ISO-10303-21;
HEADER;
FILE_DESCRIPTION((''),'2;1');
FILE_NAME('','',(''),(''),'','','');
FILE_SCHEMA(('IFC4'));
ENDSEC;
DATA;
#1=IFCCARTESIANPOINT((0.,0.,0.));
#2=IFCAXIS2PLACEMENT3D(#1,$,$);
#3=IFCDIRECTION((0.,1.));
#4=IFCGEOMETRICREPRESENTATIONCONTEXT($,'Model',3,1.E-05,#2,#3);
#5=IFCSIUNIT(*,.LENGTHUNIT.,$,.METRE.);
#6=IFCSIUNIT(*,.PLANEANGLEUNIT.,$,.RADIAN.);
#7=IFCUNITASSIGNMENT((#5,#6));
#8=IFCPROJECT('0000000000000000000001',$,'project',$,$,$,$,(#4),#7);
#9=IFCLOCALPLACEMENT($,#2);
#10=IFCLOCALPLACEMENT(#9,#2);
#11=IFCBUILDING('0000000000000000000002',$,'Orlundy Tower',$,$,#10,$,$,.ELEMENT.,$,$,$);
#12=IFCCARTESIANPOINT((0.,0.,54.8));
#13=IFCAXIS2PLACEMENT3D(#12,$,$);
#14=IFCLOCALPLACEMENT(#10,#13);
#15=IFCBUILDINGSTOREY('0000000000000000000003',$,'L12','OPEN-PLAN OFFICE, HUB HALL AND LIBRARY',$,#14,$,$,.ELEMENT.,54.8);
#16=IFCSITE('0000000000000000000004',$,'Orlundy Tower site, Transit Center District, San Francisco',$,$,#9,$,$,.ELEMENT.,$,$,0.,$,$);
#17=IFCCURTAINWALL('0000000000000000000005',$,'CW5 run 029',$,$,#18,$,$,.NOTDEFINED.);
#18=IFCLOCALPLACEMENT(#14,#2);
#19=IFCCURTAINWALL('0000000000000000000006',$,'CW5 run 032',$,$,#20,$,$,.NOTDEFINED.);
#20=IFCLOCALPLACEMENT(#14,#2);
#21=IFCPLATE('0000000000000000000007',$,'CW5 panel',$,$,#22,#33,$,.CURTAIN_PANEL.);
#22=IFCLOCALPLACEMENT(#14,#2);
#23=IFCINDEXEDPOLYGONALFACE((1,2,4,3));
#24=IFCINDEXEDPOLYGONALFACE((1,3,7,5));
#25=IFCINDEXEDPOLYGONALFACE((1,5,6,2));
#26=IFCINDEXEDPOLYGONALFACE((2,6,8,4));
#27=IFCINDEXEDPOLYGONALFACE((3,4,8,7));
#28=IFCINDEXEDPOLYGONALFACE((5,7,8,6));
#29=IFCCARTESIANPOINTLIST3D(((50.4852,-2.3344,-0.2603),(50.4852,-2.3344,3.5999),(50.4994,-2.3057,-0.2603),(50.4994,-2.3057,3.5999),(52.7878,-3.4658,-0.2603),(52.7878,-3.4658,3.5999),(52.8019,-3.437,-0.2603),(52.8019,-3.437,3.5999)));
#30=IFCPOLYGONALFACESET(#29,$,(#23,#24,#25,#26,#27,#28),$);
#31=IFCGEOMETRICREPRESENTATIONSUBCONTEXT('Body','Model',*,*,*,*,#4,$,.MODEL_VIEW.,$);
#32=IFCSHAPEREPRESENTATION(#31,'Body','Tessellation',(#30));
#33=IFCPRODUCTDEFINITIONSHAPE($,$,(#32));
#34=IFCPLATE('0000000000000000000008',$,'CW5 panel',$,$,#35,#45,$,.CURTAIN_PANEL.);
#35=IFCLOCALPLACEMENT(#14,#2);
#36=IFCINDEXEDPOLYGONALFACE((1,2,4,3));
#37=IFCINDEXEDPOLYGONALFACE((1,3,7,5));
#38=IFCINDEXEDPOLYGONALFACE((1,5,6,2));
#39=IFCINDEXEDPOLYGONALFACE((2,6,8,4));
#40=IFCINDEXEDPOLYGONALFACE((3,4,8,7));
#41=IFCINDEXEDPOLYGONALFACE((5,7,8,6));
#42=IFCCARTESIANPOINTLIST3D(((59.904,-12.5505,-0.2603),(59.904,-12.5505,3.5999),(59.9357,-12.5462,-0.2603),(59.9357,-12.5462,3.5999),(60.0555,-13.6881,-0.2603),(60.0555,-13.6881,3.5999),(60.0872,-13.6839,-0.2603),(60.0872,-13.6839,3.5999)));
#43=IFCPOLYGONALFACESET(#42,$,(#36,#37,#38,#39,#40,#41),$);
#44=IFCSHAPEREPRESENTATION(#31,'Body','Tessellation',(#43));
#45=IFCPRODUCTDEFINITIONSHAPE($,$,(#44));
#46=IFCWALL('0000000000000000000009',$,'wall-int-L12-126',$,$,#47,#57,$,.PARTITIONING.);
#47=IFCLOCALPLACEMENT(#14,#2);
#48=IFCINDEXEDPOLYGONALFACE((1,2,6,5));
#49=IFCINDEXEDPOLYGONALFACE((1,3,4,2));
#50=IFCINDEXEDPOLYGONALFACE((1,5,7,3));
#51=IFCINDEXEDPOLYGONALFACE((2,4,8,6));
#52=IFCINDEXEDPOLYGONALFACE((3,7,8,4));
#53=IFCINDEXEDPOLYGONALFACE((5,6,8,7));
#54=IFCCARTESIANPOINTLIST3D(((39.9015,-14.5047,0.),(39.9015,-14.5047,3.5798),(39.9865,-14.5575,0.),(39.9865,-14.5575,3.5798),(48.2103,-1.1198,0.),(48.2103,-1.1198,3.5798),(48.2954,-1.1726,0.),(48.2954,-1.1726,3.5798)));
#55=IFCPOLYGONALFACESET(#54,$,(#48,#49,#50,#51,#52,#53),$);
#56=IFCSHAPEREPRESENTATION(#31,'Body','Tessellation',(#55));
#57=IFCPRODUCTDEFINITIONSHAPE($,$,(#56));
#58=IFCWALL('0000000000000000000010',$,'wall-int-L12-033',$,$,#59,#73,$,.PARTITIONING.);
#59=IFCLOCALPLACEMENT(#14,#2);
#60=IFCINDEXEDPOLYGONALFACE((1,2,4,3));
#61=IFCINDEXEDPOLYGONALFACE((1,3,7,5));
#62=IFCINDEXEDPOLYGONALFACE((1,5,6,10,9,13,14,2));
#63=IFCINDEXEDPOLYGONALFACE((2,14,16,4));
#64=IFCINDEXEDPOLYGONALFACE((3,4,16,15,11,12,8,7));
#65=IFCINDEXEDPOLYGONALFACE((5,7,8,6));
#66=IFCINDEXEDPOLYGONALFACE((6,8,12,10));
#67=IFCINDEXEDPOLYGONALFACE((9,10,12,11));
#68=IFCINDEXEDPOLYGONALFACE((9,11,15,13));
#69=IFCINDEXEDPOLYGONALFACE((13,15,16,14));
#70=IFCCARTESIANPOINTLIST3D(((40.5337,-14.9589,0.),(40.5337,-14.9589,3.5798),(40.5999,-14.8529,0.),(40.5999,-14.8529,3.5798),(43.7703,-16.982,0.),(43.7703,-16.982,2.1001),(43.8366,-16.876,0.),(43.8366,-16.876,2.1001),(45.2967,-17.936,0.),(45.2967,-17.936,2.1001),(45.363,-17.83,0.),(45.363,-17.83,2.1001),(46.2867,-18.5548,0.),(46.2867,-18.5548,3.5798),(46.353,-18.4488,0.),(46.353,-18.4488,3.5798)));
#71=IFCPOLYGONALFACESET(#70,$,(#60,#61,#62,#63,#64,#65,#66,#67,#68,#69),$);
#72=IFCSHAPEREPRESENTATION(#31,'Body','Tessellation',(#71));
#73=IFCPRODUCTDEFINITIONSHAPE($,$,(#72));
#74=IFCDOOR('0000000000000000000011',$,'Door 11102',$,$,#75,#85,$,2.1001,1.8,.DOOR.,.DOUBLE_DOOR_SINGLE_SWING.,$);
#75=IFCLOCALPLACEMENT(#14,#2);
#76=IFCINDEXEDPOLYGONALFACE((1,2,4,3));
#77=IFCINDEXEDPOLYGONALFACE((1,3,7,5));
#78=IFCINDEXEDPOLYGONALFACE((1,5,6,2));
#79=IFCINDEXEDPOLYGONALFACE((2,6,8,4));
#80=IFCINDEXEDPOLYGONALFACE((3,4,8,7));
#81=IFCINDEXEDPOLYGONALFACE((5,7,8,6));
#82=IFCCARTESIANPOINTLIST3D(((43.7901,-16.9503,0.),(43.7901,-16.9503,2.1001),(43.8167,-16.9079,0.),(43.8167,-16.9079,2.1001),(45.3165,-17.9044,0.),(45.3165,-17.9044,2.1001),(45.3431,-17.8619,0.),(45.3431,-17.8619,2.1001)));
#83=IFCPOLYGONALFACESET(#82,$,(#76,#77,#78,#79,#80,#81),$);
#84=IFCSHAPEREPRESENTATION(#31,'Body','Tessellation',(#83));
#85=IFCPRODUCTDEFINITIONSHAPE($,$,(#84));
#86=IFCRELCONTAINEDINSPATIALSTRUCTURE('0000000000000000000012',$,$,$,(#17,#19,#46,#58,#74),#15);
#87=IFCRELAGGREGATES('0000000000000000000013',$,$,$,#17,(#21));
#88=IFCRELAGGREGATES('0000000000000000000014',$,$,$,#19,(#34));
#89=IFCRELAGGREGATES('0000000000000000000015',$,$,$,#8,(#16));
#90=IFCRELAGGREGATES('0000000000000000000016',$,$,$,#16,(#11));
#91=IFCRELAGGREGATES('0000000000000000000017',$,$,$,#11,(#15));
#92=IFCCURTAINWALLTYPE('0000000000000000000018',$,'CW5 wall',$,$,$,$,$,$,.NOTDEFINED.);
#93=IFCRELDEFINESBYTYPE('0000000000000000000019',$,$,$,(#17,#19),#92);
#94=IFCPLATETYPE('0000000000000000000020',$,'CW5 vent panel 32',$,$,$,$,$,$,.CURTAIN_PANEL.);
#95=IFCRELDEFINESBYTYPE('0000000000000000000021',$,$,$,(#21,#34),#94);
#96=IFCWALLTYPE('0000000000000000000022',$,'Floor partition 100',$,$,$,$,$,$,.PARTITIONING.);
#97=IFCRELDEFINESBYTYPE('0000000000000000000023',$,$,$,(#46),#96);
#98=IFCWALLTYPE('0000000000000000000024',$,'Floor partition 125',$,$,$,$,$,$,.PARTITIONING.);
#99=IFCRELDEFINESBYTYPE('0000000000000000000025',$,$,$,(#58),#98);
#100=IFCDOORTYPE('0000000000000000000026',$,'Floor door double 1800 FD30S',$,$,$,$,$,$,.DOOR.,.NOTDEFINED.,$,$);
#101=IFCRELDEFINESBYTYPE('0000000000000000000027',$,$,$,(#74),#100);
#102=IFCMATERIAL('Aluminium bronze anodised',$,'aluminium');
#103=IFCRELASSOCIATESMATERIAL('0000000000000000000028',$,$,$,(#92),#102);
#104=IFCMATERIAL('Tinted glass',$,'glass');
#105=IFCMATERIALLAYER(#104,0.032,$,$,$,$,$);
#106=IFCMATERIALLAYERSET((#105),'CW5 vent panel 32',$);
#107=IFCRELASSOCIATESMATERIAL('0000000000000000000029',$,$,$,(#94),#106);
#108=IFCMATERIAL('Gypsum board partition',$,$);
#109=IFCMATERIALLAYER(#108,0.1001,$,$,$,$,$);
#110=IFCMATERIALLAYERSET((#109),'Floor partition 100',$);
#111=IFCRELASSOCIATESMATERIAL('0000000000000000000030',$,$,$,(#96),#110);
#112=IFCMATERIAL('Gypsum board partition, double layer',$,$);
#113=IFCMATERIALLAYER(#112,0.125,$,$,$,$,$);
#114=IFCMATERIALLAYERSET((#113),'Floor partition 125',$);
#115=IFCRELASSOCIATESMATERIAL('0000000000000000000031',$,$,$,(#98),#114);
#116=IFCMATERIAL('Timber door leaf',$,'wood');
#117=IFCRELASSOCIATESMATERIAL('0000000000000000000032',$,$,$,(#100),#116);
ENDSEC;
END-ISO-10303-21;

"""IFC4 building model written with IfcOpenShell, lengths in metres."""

from ifc_helpers import new_model, si_unit, direction, frame, frame_2d, origin, origin_2d, place, context, subcontext, project, spatial, rectangle, extrude, material, layer, layer_set, type_object, element, fill, aggregate, save


model = new_model("IFC4")

# Units and contexts
model_context = context("Model", 3, precision=1e-05, world=origin(), true_north=direction((0.0, 1.0)))
body_context = subcontext(model_context, "Body", "Model", "MODEL_VIEW")
ifc_project = project(units=[si_unit("LENGTHUNIT", "METRE"), si_unit("PLANEANGLEUNIT", "RADIAN")], contexts=[model_context])

# Site, building, storey
site_placement = place(None, origin())
site = spatial("IfcSite", under=ifc_project, at=site_placement, Name="Orlundy Tower site, Transit Center District, San Francisco", CompositionType="ELEMENT", RefElevation=0.0)
building_placement = place(site_placement, origin())
building = spatial("IfcBuilding", under=site, at=building_placement, Name="Orlundy Tower", CompositionType="ELEMENT")
storey_placement = place(building_placement, frame((0.0, 0.0, 54.8)))
storey = spatial("IfcBuildingStorey", under=building, at=storey_placement, Name="L12", Description="OPEN-PLAN OFFICE, HUB HALL AND LIBRARY", CompositionType="ELEMENT", Elevation=54.8)

# Shared definitions
ifc_material_1 = material(Name="Aluminium bronze anodised", Category="aluminium")
curtain_wall_type = type_object("IfcCurtainWallType", Name="CW5 wall", PredefinedType="NOTDEFINED", material=ifc_material_1)

# Curtain wall
curtain_wall_1_placement = place(storey_placement, origin())
curtain_wall_1 = element("IfcCurtainWall", 1, at=curtain_wall_1_placement, inside=storey, type_object=curtain_wall_type, Name="CW5 run 029", PredefinedType="NOTDEFINED")

# Curtain wall
curtain_wall_2_placement = place(storey_placement, origin())
curtain_wall_2 = element("IfcCurtainWall", 2, at=curtain_wall_2_placement, inside=storey, type_object=curtain_wall_type, Name="CW5 run 032", PredefinedType="NOTDEFINED")

# Plates
ifc_material_2 = material(Name="Tinted glass", Category="glass")
ifc_layer_1 = layer(ifc_material_2, 0.032)
ifc_layer_set_1 = layer_set([ifc_layer_1], Name="CW5 vent panel 32")
plate_type_1 = type_object("IfcPlateType", Name="CW5 vent panel 32", PredefinedType="CURTAIN_PANEL", material=ifc_layer_set_1)
plate_1_placement = place(storey_placement, frame((51.6436, -2.8857, -0.2603), z_axis=(0.0, 0.0, 1.0), x_axis=(0.897515, -0.440983, 0.0)))
plate_1 = element("IfcPlate", 3, at=plate_1_placement, type_object=plate_type_1, Name="CW5 panel", PredefinedType="CURTAIN_PANEL", context=body_context, shape_type="SweptSolid", body=[
    extrude(rectangle(XDim=2.5654, YDim=0.032, at=origin_2d()), origin(), (0.0, 0.0, 1.0), 3.8601),
])
aggregate(curtain_wall_1, [plate_1])
plate_2_placement = place(storey_placement, frame((59.9956, -13.1172, -0.2603), z_axis=(0.0, 0.0, 1.0), x_axis=(0.131934, -0.991259, 0.0)))
plate_2 = element("IfcPlate", 4, at=plate_2_placement, type_object=plate_type_1, Name="CW5 panel", PredefinedType="CURTAIN_PANEL", context=body_context, shape_type="SweptSolid", body=[
    extrude(rectangle(XDim=1.1477, YDim=0.032, at=origin_2d()), origin(), (0.0, 0.0, 1.0), 3.8601),
])
aggregate(curtain_wall_2, [plate_2])

# Wall
ifc_material_3 = material(Name="Gypsum board partition")
ifc_layer_2 = layer(ifc_material_3, 0.1001)
ifc_layer_set_2 = layer_set([ifc_layer_2], Name="Floor partition 100")
wall_type_1 = type_object("IfcWallType", Name="Floor partition 100", PredefinedType="PARTITIONING", material=ifc_layer_set_2)
wall_1_placement = place(storey_placement, frame((39.9441, -14.531, 0.0), z_axis=(0.0, 0.0, 1.0), x_axis=(0.527404, 0.849615, 0.0)))
element("IfcWall", 5, at=wall_1_placement, inside=storey, type_object=wall_type_1, Name="wall-int-L12-126", PredefinedType="PARTITIONING", context=body_context, shape_type="SweptSolid", body=[
    extrude(rectangle(XDim=15.7542, YDim=0.1001, at=frame_2d((7.877, 0.0))), origin(), (0.0, 0.0, 1.0), 3.5798),
])

# Wall, opening, door
ifc_material_4 = material(Name="Gypsum board partition, double layer")
ifc_layer_3 = layer(ifc_material_4, 0.125)
ifc_layer_set_3 = layer_set([ifc_layer_3], Name="Floor partition 125")
wall_type_2 = type_object("IfcWallType", Name="Floor partition 125", PredefinedType="PARTITIONING", material=ifc_layer_set_3)
wall_2_placement = place(storey_placement, frame((40.5669, -14.906, 0.0), z_axis=(0.0, 0.0, 1.0), x_axis=(0.847984, -0.530022, 0.0)))
wall_2 = element("IfcWall", 6, at=wall_2_placement, inside=storey, type_object=wall_type_2, Name="wall-int-L12-033", PredefinedType="PARTITIONING", context=body_context, shape_type="SweptSolid", body=[
    extrude(rectangle(XDim=6.7844, YDim=0.125, at=frame_2d((3.3921, 0.0))), origin(), (0.0, 0.0, 1.0), 3.5798),
])
opening_placement = place(wall_2_placement, frame((3.8169, 0.0, 0.0)))
opening = element("IfcOpeningElement", 7, at=opening_placement, cuts=wall_2, PredefinedType="OPENING", context=body_context, shape_type="SweptSolid", body=[
    extrude(rectangle(XDim=1.8, YDim=2.1001, at=frame_2d((0.8999, 1.05))), frame((0.0, 0.0725, 0.0), z_axis=(0.0, -1.0, 0.0), x_axis=(1.0, 0.0, 0.0)), (0.0, 0.0, 1.0), 0.145),
])
ifc_material_5 = material(Name="Timber door leaf", Category="wood")
door_type = type_object("IfcDoorType", Name="Floor door double 1800 FD30S", OperationType="NOTDEFINED", PredefinedType="DOOR", material=ifc_material_5)
door_placement = place(opening_placement, origin())
door = element("IfcDoor", 8, at=door_placement, inside=storey, type_object=door_type, Name="Door 11102", OperationType="DOUBLE_DOOR_SINGLE_SWING", OverallHeight=2.1001, OverallWidth=1.8, PredefinedType="DOOR", context=body_context, shape_type="SweptSolid", body=[
    extrude(rectangle(XDim=1.8, YDim=2.1001, at=frame_2d((0.8999, 1.05))), frame((0.0, 0.0249, 0.0), z_axis=(0.0, -1.0, 0.0), x_axis=(1.0, 0.0, 0.0)), (0.0, 0.0, 1.0), 0.05),
])
fill(opening, door)

save(model, "model.ifc")
